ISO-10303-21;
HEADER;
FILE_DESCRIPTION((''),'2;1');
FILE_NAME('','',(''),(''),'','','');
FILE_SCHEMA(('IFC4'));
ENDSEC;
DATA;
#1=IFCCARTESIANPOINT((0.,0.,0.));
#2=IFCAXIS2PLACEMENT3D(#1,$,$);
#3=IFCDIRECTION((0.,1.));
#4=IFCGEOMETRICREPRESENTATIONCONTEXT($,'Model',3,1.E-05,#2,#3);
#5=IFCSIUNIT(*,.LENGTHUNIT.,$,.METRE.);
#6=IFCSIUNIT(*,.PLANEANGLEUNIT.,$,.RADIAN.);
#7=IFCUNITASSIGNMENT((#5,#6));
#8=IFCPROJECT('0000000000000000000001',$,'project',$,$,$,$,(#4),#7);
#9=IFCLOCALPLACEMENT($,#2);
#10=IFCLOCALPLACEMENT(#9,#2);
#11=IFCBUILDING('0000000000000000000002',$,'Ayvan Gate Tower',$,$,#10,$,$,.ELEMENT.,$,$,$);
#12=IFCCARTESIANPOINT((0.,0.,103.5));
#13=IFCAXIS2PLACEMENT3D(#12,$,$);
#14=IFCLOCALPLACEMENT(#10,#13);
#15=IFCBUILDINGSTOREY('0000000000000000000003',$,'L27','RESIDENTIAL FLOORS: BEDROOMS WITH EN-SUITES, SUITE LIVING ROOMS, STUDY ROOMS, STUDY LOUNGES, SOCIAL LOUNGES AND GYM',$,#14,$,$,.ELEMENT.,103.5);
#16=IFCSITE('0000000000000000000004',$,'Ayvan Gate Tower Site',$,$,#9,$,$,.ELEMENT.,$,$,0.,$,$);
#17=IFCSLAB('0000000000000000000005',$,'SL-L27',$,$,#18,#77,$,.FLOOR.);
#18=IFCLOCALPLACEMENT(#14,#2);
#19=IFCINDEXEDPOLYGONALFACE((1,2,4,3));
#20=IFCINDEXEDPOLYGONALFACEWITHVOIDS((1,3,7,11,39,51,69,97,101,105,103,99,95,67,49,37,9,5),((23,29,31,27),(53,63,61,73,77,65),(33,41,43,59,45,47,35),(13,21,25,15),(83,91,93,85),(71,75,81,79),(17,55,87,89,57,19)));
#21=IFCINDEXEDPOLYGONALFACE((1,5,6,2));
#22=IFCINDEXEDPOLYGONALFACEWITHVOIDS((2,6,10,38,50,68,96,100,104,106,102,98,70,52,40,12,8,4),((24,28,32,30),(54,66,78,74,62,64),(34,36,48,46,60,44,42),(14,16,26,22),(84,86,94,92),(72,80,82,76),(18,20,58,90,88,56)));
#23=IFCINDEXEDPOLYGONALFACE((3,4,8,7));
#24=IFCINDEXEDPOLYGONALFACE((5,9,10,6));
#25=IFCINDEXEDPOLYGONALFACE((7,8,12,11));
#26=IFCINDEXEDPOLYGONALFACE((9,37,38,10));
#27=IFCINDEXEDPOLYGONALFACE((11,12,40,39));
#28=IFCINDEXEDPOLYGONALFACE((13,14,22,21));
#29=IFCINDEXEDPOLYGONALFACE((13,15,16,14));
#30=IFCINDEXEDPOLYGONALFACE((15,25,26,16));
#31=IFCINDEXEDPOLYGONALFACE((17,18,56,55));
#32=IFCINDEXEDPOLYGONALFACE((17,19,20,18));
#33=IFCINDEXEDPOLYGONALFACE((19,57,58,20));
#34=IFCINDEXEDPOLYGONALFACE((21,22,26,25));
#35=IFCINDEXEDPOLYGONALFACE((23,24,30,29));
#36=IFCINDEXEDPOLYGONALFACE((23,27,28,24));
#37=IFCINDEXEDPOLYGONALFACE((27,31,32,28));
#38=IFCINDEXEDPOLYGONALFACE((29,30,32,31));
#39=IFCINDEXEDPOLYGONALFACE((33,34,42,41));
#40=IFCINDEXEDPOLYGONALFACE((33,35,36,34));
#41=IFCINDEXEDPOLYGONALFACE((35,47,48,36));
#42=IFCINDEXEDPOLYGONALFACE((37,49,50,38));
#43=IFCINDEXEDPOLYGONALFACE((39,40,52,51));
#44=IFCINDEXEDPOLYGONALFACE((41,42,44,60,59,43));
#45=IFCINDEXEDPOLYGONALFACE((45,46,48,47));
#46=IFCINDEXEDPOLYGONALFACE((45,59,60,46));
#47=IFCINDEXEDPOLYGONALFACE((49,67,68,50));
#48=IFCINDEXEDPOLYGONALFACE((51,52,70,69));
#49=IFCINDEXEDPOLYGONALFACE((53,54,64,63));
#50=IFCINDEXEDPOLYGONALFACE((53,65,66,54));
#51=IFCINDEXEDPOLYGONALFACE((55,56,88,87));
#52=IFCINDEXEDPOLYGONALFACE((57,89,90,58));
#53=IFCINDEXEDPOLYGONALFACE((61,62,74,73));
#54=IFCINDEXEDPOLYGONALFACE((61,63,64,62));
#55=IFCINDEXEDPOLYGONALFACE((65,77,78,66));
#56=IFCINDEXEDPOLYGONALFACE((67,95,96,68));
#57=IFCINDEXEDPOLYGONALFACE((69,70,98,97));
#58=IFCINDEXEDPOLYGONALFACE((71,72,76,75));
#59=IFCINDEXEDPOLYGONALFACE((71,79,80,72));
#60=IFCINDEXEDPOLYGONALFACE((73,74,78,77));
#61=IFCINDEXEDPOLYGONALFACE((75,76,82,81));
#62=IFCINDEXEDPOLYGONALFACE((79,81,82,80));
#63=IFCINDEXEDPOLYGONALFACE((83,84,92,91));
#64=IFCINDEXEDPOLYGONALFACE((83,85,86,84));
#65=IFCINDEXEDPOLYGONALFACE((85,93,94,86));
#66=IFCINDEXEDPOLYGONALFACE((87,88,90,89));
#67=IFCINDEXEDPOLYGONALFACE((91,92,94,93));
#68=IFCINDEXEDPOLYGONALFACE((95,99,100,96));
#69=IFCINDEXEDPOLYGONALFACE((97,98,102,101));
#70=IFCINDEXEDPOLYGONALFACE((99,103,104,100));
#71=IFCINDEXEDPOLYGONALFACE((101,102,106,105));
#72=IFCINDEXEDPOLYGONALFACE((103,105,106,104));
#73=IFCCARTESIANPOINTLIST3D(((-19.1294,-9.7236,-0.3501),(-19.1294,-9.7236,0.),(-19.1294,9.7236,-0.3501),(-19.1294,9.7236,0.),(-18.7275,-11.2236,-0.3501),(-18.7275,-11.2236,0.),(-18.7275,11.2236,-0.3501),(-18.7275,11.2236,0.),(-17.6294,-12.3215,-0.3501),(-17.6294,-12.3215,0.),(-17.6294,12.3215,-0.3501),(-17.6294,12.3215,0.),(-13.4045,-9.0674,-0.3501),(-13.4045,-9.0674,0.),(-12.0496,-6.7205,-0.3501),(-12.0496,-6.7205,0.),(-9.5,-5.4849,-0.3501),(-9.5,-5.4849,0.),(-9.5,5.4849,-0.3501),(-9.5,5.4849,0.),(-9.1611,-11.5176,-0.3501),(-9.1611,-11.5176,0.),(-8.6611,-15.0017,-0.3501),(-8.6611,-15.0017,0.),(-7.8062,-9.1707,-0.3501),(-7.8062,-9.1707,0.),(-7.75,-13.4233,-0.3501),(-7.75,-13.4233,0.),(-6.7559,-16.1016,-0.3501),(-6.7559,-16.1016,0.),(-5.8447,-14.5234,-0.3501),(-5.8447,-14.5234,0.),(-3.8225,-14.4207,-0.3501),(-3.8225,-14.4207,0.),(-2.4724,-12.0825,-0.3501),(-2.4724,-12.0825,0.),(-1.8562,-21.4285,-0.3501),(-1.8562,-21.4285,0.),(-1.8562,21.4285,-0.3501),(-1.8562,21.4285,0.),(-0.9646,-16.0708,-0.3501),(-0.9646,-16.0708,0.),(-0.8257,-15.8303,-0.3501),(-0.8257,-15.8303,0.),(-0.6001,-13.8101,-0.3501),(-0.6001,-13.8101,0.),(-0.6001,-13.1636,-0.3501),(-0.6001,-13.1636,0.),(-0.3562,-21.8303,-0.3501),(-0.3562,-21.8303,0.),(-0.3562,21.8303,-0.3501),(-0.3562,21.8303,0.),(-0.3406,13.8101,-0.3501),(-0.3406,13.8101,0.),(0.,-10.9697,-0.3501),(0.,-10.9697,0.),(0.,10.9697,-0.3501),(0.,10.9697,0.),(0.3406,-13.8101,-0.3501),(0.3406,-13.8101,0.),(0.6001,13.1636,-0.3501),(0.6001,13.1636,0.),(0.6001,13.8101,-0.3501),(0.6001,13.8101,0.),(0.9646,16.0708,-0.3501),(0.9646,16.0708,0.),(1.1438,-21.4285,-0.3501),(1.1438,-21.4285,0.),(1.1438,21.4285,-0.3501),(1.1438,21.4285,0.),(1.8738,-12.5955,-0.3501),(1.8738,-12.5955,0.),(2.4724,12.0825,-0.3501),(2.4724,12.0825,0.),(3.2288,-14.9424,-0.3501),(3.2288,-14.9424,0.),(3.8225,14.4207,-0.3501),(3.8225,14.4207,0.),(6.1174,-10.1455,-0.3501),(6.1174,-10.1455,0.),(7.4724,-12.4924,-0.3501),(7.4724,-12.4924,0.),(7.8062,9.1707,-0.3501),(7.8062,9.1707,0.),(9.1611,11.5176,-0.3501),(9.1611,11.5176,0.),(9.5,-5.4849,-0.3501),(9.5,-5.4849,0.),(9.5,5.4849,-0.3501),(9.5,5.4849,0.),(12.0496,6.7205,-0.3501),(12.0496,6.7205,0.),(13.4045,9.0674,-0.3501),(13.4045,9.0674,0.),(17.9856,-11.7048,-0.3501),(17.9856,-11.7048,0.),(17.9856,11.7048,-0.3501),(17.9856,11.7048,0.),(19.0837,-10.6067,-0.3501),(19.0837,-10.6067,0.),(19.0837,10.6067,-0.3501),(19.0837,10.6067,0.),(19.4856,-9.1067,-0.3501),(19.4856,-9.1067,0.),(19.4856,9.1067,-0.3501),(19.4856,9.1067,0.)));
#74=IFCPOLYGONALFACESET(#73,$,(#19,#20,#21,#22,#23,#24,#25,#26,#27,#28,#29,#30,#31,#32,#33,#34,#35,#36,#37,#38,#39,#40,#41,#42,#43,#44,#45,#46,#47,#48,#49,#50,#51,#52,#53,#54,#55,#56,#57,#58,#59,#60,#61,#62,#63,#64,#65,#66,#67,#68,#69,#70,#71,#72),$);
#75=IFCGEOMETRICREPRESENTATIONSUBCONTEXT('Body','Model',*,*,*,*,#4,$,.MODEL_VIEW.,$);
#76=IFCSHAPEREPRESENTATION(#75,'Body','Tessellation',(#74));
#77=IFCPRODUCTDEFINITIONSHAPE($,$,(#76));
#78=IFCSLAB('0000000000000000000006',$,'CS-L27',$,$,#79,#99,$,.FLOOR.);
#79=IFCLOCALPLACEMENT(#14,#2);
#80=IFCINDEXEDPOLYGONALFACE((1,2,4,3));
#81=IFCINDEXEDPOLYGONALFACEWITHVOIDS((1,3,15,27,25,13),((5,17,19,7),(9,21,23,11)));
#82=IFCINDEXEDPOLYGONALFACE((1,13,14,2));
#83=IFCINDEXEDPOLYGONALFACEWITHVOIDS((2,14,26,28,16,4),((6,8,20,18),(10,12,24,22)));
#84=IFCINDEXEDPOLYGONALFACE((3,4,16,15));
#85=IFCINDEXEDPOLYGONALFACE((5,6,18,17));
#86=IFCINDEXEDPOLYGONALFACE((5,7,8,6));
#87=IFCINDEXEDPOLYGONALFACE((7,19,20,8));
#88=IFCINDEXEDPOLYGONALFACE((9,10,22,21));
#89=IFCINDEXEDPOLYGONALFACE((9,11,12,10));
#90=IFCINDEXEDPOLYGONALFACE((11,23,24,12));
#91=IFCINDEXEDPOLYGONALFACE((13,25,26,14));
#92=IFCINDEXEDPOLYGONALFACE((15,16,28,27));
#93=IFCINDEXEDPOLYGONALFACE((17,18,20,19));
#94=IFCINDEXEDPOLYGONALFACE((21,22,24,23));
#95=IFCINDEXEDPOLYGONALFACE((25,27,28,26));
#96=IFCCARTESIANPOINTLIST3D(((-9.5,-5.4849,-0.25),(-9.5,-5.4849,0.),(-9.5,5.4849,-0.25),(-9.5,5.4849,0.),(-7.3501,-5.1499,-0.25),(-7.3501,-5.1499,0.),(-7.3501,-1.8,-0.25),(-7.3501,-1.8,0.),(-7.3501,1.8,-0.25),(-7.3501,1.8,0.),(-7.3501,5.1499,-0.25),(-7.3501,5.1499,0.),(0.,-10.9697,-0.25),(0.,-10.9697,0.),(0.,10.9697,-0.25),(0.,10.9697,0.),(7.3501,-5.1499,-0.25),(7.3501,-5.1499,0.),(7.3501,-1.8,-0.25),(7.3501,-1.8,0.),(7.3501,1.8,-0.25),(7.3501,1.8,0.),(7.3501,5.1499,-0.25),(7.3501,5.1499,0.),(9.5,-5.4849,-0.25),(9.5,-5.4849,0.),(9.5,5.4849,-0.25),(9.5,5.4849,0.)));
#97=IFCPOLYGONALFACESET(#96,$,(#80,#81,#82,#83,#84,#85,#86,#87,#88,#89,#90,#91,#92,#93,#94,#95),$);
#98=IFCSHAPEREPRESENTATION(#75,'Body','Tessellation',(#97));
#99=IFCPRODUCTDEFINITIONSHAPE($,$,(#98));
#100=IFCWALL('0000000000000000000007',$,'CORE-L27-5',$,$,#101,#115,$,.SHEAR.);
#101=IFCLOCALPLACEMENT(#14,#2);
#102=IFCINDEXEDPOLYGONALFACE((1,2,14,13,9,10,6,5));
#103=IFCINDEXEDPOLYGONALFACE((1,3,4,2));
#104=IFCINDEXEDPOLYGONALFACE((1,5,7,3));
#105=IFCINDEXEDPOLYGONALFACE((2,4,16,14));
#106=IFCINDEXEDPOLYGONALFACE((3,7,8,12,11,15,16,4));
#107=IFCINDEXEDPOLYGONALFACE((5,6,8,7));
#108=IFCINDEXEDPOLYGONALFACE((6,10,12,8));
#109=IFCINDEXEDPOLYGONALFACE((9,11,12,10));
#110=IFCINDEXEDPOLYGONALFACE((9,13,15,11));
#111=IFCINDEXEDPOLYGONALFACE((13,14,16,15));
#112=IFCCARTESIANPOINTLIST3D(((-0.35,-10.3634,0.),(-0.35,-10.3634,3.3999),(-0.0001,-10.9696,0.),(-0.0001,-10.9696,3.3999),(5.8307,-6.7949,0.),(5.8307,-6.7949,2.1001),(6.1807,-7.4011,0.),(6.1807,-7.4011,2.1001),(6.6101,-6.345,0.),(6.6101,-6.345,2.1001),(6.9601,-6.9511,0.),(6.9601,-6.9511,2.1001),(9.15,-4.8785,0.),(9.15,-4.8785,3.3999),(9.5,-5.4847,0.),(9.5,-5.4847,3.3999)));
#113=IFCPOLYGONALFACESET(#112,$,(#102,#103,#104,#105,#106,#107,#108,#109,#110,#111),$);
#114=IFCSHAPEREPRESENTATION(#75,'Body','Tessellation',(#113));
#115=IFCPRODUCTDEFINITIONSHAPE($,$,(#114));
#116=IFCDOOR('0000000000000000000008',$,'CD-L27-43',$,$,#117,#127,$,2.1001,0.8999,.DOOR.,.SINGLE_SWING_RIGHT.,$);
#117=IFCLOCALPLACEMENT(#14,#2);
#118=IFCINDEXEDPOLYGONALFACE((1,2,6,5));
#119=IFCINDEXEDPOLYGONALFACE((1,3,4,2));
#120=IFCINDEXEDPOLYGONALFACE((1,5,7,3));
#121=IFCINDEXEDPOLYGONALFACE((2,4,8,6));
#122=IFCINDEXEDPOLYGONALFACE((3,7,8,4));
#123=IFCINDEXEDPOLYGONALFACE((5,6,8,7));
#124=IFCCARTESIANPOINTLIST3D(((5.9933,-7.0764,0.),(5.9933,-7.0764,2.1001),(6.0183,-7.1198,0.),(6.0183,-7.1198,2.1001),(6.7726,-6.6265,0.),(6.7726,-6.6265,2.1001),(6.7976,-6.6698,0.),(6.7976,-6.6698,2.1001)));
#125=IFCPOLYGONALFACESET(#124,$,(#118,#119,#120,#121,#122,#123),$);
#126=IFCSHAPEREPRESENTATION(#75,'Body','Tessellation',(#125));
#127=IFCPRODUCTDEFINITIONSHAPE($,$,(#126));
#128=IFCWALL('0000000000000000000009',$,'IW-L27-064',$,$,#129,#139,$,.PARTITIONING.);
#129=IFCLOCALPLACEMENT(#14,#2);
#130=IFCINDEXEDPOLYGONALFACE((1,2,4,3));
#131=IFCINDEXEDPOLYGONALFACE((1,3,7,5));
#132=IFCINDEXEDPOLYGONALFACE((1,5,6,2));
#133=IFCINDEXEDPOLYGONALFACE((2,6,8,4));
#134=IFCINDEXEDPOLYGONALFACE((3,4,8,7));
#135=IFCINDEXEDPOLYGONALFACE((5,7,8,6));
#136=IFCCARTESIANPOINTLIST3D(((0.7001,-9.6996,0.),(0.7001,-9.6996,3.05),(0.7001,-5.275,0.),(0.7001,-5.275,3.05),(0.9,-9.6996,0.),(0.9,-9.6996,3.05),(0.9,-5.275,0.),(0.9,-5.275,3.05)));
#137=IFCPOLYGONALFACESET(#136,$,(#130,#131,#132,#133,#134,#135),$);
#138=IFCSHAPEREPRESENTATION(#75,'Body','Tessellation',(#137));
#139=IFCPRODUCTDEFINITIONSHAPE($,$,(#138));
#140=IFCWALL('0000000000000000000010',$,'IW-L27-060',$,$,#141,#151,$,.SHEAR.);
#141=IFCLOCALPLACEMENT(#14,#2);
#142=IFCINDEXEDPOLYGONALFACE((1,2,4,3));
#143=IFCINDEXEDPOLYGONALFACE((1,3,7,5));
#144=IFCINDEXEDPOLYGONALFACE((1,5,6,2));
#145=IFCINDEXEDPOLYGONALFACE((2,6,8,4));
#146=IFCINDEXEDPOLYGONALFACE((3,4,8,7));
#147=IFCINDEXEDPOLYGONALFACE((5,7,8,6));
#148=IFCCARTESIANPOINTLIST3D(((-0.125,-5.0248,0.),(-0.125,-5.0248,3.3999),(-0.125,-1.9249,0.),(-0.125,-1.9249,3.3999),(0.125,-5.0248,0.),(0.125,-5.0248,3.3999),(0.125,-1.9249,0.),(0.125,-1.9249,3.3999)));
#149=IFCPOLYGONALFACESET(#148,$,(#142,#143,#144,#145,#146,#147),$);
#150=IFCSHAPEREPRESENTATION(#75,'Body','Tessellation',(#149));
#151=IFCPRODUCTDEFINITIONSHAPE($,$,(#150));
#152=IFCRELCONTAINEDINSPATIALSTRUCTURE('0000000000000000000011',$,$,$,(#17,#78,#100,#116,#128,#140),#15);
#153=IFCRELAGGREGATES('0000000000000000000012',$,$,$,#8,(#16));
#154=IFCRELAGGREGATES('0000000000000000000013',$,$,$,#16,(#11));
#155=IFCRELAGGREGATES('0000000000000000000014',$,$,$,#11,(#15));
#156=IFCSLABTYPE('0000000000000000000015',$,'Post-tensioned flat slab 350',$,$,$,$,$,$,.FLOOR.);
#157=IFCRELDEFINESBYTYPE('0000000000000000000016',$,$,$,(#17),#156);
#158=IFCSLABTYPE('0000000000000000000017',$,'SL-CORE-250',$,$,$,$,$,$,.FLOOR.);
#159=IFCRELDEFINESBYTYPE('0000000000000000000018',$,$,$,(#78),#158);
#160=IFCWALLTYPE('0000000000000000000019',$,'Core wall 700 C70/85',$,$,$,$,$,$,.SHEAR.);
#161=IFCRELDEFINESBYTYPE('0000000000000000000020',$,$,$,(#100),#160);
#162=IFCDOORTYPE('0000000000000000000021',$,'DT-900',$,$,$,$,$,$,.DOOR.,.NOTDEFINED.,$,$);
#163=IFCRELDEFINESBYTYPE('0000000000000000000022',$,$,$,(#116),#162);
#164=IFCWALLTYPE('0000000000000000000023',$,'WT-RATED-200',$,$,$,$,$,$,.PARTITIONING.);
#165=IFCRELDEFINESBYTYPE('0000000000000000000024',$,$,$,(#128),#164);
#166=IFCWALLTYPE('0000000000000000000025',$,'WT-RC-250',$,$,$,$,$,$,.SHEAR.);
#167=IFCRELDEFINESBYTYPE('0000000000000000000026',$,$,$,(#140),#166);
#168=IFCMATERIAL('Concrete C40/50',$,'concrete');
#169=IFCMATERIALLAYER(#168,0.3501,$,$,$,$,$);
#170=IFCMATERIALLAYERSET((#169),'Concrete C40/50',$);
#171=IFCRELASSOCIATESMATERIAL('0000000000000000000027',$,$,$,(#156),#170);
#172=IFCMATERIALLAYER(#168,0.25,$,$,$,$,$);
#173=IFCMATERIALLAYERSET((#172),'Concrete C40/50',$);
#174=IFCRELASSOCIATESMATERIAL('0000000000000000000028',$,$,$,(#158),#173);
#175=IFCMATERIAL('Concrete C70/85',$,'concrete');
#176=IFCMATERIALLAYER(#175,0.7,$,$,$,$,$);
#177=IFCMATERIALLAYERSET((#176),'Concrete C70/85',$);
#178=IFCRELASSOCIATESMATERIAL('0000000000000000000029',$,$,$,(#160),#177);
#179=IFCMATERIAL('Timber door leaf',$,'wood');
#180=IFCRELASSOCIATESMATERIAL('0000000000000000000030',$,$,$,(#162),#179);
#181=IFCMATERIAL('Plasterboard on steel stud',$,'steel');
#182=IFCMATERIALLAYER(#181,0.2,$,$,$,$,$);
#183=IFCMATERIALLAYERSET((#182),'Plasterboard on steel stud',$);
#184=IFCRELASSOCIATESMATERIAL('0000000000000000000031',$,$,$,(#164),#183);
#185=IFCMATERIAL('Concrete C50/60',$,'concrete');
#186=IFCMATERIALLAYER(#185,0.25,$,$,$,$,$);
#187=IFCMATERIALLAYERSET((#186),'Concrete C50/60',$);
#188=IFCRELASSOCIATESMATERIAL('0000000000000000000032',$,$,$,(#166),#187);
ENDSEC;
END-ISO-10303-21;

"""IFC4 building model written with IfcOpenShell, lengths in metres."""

from ifc_helpers import new_model, si_unit, direction, frame, frame_2d, origin, place, context, subcontext, project, spatial, polyline, rectangle, outline, extrude, material, layer, layer_set, type_object, element, fill, save


model = new_model("IFC4")

# Units and contexts
model_context = context("Model", 3, precision=1e-05, world=origin(), true_north=direction((0.0, 1.0)))
body_context = subcontext(model_context, "Body", "Model", "MODEL_VIEW")
ifc_project = project(units=[si_unit("LENGTHUNIT", "METRE"), si_unit("PLANEANGLEUNIT", "RADIAN")], contexts=[model_context])

# Site, building, storey
site_placement = place(None, origin())
site = spatial("IfcSite", under=ifc_project, at=site_placement, Name="Ayvan Gate Tower Site", CompositionType="ELEMENT", RefElevation=0.0)
building_placement = place(site_placement, origin())
building = spatial("IfcBuilding", under=site, at=building_placement, Name="Ayvan Gate Tower", CompositionType="ELEMENT")
storey_placement = place(building_placement, frame((0.0, 0.0, 103.5)))
storey = spatial("IfcBuildingStorey", under=building, at=storey_placement, Name="L27", Description="RESIDENTIAL FLOORS: BEDROOMS WITH EN-SUITES, SUITE LIVING ROOMS, STUDY ROOMS, STUDY LOUNGES, SOCIAL LOUNGES AND GYM", CompositionType="ELEMENT", Elevation=103.5)

# Slabs
ifc_material_1 = material(Name="Concrete C40/50", Category="concrete")
ifc_layer_1 = layer(ifc_material_1, 0.3501)
ifc_layer_set_1 = layer_set([ifc_layer_1], Name="Concrete C40/50")
slab_type_1 = type_object("IfcSlabType", Name="Post-tensioned flat slab 350", PredefinedType="FLOOR", material=ifc_layer_set_1)
slab_1_placement = place(storey_placement, frame((0.0, 0.0, -0.3501)))
element("IfcSlab", 1, at=slab_1_placement, inside=storey, type_object=slab_type_1, Name="SL-L27", PredefinedType="FLOOR", context=body_context, shape_type="SweptSolid", body=[
    extrude(outline(polyline([(-0.3562, -21.8303), (-1.8562, -21.4285), (-17.6294, -12.3215), (-18.7275, -11.2236), (-19.1294, -9.7236), (-19.1294, 9.7236), (-18.7275, 11.2236), (-17.6294, 12.3215), (-1.8562, 21.4285), (-0.3562, 21.8303), (1.1438, 21.4285), (17.9856, 11.7048), (19.0837, 10.6067), (19.4856, 9.1067), (19.4856, -9.1067), (19.0837, -10.6067), (17.9856, -11.7048), (1.1438, -21.4285), (-0.3562, -21.8303)]), holes=[polyline([(13.4045, 9.0674), (9.1611, 11.5176), (7.8062, 9.1707), (12.0496, 6.7205), (13.4045, 9.0674)]), polyline([(0.0, 10.9697), (-9.5, 5.4849), (-9.5, -5.4849), (0.0, -10.9697), (9.5, -5.4849), (9.5, 5.4849), (0.0, 10.9697)]), polyline([(3.2288, -14.9424), (7.4724, -12.4924), (6.1174, -10.1455), (1.8738, -12.5955), (3.2288, -14.9424)]), polyline([(2.4724, 12.0825), (3.8225, 14.4207), (0.9646, 16.0708), (-0.3406, 13.8101), (0.6001, 13.8101), (0.6001, 13.1636), (2.4724, 12.0825)]), polyline([(0.3406, -13.8101), (-0.6001, -13.8101), (-0.6001, -13.1636), (-2.4724, -12.0825), (-3.8225, -14.4207), (-0.9646, -16.0708), (-0.8257, -15.8303), (0.3406, -13.8101)]), polyline([(-5.8447, -14.5234), (-7.75, -13.4233), (-8.6611, -15.0017), (-6.7559, -16.1016), (-5.8447, -14.5234)]), polyline([(-7.8062, -9.1707), (-12.0496, -6.7205), (-13.4045, -9.0674), (-9.1611, -11.5176), (-7.8062, -9.1707)])]), origin(), (0.0, 0.0, 1.0), 0.3501),
])
ifc_layer_2 = layer(ifc_material_1, 0.25)
ifc_layer_set_2 = layer_set([ifc_layer_2], Name="Concrete C40/50")
slab_type_2 = type_object("IfcSlabType", Name="SL-CORE-250", PredefinedType="FLOOR", material=ifc_layer_set_2)
slab_2_placement = place(storey_placement, frame((0.0, 0.0, -0.25)))
element("IfcSlab", 2, at=slab_2_placement, inside=storey, type_object=slab_type_2, Name="CS-L27", PredefinedType="FLOOR", context=body_context, shape_type="SweptSolid", body=[
    extrude(outline(polyline([(9.5, -5.4849), (0.0, -10.9697), (-9.5, -5.4849), (-9.5, 5.4849), (0.0, 10.9697), (9.5, 5.4849), (9.5, -5.4849)]), holes=[polyline([(-7.3501, -1.8), (-7.3501, -5.1499), (7.3501, -5.1499), (7.3501, -1.8), (-7.3501, -1.8)]), polyline([(-7.3501, 5.1499), (-7.3501, 1.8), (7.3501, 1.8), (7.3501, 5.1499), (-7.3501, 5.1499)])]), origin(), (0.0, 0.0, 1.0), 0.25),
])

# Wall, opening, door
ifc_material_2 = material(Name="Concrete C70/85", Category="concrete")
ifc_layer_3 = layer(ifc_material_2, 0.7)
ifc_layer_set_3 = layer_set([ifc_layer_3], Name="Concrete C70/85")
wall_type_1 = type_object("IfcWallType", Name="Core wall 700 C70/85", PredefinedType="SHEAR", material=ifc_layer_set_3)
wall_1_placement = place(storey_placement, frame((-0.175, -10.6665, 0.0), z_axis=(0.0, 0.0, 1.0), x_axis=(0.866024, 0.500002, 0.0)))
wall_1 = element("IfcWall", 3, at=wall_1_placement, inside=storey, type_object=wall_type_1, Name="CORE-L27-5", PredefinedType="SHEAR", context=body_context, shape_type="SweptSolid", body=[
    extrude(rectangle(XDim=10.9697, YDim=0.7, at=frame_2d((5.4849, 0.0))), origin(), (0.0, 0.0, 1.0), 3.3999),
])
opening_1_placement = place(wall_1_placement, frame((7.137, 0.0, 0.0)))
opening_1 = element("IfcOpeningElement", 4, at=opening_1_placement, cuts=wall_1, PredefinedType="OPENING", context=body_context, shape_type="SweptSolid", body=[
    extrude(rectangle(XDim=0.8999, YDim=2.1001, at=frame_2d((0.45, 1.05))), frame((0.0, 0.3599, 0.0), z_axis=(0.0, -1.0, 0.0), x_axis=(1.0, 0.0, 0.0)), (0.0, 0.0, 1.0), 0.72),
])
ifc_material_3 = material(Name="Timber door leaf", Category="wood")
door_type_1 = type_object("IfcDoorType", Name="DT-900", OperationType="NOTDEFINED", PredefinedType="DOOR", material=ifc_material_3)
door_1_placement = place(opening_1_placement, origin())
door_1 = element("IfcDoor", 5, at=door_1_placement, inside=storey, type_object=door_type_1, Name="CD-L27-43", OperationType="SINGLE_SWING_RIGHT", OverallHeight=2.1001, OverallWidth=0.8999, PredefinedType="DOOR", context=body_context, shape_type="SweptSolid", body=[
    extrude(rectangle(XDim=0.8999, YDim=2.1001, at=frame_2d((0.45, 1.05))), frame((0.0, 0.0249, 0.0), z_axis=(0.0, -1.0, 0.0), x_axis=(1.0, 0.0, 0.0)), (0.0, 0.0, 1.0), 0.05),
])
fill(opening_1, door_1)

# Walls
ifc_material_4 = material(Name="Plasterboard on steel stud", Category="steel")
ifc_layer_4 = layer(ifc_material_4, 0.2)
ifc_layer_set_4 = layer_set([ifc_layer_4], Name="Plasterboard on steel stud")
wall_type_2 = type_object("IfcWallType", Name="WT-RATED-200", PredefinedType="PARTITIONING", material=ifc_layer_set_4)
wall_2_placement = place(storey_placement, frame((0.8, -5.2749, 0.0), z_axis=(0.0, 0.0, 1.0), x_axis=(0.0, -1.0, 0.0)))
element("IfcWall", 6, at=wall_2_placement, inside=storey, type_object=wall_type_2, Name="IW-L27-064", PredefinedType="PARTITIONING", context=body_context, shape_type="SweptSolid", body=[
    extrude(rectangle(XDim=4.4246, YDim=0.2, at=frame_2d((2.2124, 0.0))), origin(), (0.0, 0.0, 1.0), 3.05),
])
ifc_material_5 = material(Name="Concrete C50/60", Category="concrete")
ifc_layer_5 = layer(ifc_material_5, 0.25)
ifc_layer_set_5 = layer_set([ifc_layer_5], Name="Concrete C50/60")
wall_type_3 = type_object("IfcWallType", Name="WT-RC-250", PredefinedType="SHEAR", material=ifc_layer_set_5)
wall_3_placement = place(storey_placement, frame((0.0, -1.925, 0.0), z_axis=(0.0, 0.0, 1.0), x_axis=(0.0, -1.0, 0.0)))
element("IfcWall", 7, at=wall_3_placement, inside=storey, type_object=wall_type_3, Name="IW-L27-060", PredefinedType="SHEAR", context=body_context, shape_type="SweptSolid", body=[
    extrude(rectangle(XDim=3.0999, YDim=0.25, at=frame_2d((1.5498, 0.0))), origin(), (0.0, 0.0, 1.0), 3.3999),
])

save(model, "model.ifc")
